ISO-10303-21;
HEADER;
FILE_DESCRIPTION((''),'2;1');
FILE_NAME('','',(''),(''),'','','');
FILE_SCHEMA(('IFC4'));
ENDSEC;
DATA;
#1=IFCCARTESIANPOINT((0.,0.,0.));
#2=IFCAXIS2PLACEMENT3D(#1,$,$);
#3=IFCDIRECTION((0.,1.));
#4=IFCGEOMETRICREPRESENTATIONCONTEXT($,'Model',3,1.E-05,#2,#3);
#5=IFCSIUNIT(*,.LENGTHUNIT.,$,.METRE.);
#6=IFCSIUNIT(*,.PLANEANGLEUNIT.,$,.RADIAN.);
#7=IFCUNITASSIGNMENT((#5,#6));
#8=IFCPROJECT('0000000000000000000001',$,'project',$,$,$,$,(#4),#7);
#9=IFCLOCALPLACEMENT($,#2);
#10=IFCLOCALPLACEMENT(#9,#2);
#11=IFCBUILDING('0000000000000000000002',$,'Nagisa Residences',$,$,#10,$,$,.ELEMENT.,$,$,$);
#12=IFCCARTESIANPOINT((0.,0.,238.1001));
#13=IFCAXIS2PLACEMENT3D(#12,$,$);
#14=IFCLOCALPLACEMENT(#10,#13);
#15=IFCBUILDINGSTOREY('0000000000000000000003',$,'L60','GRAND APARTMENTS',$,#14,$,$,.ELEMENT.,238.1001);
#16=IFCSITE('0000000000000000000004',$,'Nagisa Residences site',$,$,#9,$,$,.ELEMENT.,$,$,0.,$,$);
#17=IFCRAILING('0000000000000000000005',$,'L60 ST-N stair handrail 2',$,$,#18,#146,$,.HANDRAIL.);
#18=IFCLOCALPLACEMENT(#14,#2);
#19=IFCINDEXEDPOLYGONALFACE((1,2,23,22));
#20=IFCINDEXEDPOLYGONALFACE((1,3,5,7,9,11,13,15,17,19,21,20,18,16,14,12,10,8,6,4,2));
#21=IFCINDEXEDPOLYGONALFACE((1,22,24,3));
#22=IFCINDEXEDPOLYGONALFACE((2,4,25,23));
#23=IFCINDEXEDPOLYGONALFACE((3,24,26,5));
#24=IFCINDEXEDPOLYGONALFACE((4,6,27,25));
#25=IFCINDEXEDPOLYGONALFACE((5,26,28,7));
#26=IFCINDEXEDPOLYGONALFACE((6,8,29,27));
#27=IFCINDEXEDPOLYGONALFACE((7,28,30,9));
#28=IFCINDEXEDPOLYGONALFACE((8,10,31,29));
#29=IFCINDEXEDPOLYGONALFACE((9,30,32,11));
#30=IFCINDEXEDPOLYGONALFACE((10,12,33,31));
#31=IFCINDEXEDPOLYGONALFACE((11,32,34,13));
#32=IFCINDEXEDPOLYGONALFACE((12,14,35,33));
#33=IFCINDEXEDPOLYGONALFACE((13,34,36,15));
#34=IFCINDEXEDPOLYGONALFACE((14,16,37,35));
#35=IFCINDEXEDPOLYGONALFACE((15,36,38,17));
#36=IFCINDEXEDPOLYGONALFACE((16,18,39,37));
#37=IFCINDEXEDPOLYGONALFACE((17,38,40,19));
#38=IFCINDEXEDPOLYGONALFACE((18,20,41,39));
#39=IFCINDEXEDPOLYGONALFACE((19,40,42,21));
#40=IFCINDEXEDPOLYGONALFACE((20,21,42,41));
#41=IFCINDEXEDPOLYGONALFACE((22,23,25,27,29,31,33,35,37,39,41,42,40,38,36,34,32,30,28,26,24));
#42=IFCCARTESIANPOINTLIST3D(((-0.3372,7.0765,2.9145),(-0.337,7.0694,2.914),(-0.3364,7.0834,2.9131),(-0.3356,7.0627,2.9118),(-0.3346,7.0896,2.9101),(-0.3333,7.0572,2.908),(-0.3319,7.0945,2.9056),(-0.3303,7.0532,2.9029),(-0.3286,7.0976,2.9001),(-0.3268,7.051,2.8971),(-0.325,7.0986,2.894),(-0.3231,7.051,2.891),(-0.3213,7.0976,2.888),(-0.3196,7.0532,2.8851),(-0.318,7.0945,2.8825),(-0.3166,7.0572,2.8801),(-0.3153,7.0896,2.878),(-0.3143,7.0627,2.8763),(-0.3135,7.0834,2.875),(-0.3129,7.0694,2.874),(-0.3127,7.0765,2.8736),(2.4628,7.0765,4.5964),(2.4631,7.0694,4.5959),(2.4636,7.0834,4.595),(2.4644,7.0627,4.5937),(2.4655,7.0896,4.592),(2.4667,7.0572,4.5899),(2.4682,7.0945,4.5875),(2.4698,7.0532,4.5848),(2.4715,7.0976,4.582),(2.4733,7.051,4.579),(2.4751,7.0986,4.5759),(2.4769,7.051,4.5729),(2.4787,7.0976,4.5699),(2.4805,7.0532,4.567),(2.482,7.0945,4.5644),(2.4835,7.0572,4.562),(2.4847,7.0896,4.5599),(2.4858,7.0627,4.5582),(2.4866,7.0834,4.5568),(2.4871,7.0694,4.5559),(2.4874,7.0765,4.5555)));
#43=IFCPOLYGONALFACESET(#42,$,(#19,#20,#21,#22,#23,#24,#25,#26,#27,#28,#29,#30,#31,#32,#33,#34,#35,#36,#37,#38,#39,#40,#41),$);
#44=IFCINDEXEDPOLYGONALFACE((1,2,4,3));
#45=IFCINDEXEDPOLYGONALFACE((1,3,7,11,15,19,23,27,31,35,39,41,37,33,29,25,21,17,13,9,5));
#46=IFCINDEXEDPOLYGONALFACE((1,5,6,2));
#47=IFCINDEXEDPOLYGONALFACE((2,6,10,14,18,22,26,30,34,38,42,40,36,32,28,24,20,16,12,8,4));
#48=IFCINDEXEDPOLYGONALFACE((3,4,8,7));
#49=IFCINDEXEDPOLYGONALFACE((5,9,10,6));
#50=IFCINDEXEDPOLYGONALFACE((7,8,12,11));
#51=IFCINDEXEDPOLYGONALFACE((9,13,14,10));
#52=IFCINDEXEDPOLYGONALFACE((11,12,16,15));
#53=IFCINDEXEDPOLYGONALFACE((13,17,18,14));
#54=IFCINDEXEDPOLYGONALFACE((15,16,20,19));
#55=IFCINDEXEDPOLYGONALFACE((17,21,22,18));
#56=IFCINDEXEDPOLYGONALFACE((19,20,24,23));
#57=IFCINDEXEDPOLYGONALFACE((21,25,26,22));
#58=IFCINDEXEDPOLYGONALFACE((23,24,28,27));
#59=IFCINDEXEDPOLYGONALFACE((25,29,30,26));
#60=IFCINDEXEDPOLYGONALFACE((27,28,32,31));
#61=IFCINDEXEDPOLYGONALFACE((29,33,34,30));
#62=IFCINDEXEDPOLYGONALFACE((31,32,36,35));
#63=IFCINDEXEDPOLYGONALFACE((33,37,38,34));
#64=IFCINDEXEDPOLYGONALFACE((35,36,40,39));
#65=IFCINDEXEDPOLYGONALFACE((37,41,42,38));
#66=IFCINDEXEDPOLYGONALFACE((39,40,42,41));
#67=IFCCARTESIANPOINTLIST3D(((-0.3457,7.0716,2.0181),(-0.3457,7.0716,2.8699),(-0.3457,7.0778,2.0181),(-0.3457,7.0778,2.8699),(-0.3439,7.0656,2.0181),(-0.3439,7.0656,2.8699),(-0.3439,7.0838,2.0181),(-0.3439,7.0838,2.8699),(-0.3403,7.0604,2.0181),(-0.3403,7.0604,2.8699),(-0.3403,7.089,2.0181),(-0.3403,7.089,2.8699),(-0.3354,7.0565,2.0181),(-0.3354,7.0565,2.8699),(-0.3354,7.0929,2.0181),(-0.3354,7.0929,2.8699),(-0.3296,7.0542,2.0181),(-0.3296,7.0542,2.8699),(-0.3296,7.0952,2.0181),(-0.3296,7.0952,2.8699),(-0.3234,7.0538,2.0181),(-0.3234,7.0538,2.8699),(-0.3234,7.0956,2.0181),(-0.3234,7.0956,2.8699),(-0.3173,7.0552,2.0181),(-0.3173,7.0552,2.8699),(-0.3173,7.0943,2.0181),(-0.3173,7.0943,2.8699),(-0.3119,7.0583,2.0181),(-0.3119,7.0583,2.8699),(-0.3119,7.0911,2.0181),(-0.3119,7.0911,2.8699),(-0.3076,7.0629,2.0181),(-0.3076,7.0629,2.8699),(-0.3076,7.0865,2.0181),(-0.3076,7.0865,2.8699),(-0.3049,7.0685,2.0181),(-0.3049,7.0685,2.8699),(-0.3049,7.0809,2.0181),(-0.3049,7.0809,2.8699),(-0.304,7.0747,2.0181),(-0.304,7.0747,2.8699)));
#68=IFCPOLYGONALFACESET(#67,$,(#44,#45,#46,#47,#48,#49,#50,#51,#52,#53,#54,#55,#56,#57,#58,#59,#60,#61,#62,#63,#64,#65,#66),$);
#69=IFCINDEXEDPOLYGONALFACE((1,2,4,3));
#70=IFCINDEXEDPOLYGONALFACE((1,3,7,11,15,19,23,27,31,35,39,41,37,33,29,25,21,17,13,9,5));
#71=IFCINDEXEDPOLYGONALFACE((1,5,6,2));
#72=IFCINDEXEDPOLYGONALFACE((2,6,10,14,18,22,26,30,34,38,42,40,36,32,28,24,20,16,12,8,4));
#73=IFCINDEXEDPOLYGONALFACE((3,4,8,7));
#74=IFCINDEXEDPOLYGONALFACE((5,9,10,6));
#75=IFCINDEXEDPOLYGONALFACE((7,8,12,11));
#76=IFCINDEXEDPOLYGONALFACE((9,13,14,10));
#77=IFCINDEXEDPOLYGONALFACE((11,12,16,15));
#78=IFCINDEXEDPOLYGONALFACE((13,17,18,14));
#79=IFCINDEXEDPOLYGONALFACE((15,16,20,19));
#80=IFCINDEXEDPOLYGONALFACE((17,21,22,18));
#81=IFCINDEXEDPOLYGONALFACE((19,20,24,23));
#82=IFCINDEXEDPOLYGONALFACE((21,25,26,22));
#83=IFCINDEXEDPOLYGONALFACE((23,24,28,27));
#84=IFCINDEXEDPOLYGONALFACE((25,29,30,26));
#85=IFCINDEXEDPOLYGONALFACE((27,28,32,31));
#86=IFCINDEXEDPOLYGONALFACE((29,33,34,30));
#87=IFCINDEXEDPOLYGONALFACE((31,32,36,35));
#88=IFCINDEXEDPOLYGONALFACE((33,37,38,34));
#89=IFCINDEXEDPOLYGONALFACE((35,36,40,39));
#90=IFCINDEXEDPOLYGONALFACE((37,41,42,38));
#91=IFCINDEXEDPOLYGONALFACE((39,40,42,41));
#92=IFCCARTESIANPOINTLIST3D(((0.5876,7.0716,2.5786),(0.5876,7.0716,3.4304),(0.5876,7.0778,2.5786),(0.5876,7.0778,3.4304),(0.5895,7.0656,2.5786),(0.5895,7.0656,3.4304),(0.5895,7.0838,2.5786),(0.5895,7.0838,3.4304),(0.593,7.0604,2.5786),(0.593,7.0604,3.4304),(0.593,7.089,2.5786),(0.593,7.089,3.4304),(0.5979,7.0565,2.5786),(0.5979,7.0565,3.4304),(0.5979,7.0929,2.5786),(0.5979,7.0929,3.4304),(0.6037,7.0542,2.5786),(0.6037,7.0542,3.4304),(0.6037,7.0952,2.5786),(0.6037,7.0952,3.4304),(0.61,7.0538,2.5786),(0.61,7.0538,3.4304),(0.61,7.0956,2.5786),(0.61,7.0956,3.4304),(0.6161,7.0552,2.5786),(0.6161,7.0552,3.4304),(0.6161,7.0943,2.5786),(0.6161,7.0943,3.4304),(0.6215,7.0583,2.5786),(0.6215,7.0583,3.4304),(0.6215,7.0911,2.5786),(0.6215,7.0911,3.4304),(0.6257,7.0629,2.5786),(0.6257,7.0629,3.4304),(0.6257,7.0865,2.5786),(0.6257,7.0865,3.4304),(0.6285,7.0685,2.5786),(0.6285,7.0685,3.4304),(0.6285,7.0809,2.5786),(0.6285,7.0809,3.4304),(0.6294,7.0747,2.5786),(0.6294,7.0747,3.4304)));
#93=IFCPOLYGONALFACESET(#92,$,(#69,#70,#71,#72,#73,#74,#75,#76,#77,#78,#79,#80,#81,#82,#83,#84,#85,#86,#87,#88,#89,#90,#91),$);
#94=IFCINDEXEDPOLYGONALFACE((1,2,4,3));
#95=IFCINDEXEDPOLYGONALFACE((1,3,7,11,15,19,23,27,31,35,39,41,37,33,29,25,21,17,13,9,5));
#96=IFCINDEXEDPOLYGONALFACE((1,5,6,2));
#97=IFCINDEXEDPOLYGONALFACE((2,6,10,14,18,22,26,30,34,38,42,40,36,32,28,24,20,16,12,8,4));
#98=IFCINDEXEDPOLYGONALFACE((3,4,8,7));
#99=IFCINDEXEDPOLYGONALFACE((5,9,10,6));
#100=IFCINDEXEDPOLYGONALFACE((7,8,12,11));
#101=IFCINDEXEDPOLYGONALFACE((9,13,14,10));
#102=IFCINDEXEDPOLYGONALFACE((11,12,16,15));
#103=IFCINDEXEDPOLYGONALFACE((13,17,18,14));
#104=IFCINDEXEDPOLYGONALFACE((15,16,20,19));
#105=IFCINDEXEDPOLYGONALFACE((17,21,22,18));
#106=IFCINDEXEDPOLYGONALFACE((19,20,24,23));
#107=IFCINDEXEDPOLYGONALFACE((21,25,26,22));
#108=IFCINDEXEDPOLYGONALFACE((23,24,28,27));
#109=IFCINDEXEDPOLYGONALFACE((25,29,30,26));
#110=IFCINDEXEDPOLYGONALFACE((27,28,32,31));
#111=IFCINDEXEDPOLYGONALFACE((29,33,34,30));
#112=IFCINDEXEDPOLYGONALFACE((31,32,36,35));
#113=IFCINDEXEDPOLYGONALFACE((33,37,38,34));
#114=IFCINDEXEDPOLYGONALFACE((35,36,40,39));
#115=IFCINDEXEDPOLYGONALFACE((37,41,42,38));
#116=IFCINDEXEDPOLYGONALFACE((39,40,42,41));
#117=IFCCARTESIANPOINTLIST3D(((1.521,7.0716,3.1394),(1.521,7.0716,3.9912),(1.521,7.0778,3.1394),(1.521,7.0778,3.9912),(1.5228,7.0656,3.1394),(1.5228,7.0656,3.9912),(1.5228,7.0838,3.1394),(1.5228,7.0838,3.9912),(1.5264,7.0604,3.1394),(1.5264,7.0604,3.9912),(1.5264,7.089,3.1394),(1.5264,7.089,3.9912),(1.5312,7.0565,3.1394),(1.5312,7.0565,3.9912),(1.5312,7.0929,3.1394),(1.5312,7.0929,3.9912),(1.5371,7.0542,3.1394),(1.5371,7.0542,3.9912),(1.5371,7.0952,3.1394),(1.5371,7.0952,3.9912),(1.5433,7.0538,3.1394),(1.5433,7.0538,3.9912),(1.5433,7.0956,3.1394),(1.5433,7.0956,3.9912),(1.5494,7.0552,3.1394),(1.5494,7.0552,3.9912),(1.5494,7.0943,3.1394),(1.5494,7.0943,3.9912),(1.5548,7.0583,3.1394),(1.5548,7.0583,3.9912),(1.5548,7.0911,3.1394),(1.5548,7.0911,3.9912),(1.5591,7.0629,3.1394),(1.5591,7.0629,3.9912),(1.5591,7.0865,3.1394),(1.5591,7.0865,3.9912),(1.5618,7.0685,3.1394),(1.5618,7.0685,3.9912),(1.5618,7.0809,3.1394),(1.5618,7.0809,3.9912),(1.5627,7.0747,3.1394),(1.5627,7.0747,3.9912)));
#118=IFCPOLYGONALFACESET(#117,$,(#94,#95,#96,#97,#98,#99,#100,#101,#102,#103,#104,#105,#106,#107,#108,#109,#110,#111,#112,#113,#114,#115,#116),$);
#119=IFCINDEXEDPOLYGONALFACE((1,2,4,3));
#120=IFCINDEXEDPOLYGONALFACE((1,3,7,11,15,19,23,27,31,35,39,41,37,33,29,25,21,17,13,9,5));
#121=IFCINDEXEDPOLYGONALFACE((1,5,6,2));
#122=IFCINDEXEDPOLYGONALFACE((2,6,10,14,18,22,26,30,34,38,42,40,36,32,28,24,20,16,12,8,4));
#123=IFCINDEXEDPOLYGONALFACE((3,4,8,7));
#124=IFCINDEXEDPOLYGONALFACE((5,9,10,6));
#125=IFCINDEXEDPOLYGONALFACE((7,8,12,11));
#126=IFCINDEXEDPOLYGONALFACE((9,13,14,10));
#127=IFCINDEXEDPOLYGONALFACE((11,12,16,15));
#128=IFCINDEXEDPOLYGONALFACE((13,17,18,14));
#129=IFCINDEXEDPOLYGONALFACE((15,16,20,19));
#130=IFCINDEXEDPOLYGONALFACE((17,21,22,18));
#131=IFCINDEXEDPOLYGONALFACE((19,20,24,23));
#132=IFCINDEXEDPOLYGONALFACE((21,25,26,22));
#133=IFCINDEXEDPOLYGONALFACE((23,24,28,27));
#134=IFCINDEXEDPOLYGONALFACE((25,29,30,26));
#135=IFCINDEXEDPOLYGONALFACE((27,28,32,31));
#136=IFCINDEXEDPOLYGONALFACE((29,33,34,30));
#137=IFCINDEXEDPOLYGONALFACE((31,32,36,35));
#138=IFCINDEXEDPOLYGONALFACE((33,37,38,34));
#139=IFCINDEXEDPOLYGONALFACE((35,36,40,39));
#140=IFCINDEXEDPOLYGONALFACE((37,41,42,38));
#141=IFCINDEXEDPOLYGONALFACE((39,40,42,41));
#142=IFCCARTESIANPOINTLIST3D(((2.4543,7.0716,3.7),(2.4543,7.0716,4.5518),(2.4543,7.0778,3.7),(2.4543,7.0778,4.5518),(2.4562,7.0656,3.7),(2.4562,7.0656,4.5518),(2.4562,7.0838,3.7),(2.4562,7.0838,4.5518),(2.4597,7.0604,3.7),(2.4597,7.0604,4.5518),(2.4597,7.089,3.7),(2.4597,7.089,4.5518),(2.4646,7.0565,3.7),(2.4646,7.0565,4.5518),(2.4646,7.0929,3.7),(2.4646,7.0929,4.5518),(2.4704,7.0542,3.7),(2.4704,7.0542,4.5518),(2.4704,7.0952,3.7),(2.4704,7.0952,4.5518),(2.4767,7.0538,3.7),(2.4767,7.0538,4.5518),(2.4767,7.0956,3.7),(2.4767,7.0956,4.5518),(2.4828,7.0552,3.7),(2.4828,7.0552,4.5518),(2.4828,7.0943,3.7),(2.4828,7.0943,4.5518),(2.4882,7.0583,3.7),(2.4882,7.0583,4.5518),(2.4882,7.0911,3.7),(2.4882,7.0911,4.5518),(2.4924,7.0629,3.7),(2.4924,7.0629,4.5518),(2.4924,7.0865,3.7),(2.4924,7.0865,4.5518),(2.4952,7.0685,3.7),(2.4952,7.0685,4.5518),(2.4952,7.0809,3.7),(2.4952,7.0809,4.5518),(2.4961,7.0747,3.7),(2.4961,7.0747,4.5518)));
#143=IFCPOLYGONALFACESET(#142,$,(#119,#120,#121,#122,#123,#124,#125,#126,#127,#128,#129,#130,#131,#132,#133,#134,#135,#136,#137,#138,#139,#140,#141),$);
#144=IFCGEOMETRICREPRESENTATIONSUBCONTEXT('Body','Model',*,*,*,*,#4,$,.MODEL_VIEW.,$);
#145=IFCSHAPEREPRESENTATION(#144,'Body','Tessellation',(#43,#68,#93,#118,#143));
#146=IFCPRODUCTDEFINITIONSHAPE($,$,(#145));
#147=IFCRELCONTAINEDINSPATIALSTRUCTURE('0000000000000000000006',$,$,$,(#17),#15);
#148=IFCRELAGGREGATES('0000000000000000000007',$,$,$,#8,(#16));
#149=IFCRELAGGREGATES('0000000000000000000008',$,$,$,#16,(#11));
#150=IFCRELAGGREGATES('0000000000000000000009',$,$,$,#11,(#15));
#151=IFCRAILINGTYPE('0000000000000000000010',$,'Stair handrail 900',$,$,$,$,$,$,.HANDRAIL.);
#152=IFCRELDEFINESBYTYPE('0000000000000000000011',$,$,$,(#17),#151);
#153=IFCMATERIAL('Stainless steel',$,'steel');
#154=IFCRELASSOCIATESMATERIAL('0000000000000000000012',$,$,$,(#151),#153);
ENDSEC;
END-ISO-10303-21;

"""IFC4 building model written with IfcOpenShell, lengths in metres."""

from ifc_helpers import new_model, si_unit, direction, frame, origin, origin_2d, place, context, subcontext, project, spatial, circle, extrude, material, type_object, element, save


model = new_model("IFC4")

# Units and contexts
model_context = context("Model", 3, precision=1e-05, world=origin(), true_north=direction((0.0, 1.0)))
body_context = subcontext(model_context, "Body", "Model", "MODEL_VIEW")
ifc_project = project(units=[si_unit("LENGTHUNIT", "METRE"), si_unit("PLANEANGLEUNIT", "RADIAN")], contexts=[model_context])

# Site, building, storey
site_placement = place(None, origin())
site = spatial("IfcSite", under=ifc_project, at=site_placement, Name="Nagisa Residences site", CompositionType="ELEMENT", RefElevation=0.0)
building_placement = place(site_placement, origin())
building = spatial("IfcBuilding", under=site, at=building_placement, Name="Nagisa Residences", CompositionType="ELEMENT")
storey_placement = place(building_placement, frame((0.0, 0.0, 238.1001)))
storey = spatial("IfcBuildingStorey", under=building, at=storey_placement, Name="L60", Description="GRAND APARTMENTS", CompositionType="ELEMENT", Elevation=238.1001)

# Railing
ifc_material_1 = material(Name="Stainless steel", Category="steel")
railing_type = type_object("IfcRailingType", Name="Stair handrail 900", PredefinedType="HANDRAIL", material=ifc_material_1)
railing_placement = place(storey_placement, frame((-0.325, 7.0747, 2.0181)))
element("IfcRailing", 1, at=railing_placement, inside=storey, type_object=railing_type, Name="L60 ST-N stair handrail 2", PredefinedType="HANDRAIL", context=body_context, shape_type="SweptSolid", body=[
    extrude(circle(Radius=0.0239, at=origin_2d()), frame((0.0, 0.0, 0.876), z_axis=(0.857242, 0.0, 0.514913), x_axis=(0.0, 1.0, 0.0)), (0.0, 0.0, 1.0), 3.2664),
    extrude(circle(Radius=0.021, at=origin_2d()), origin(), (0.0, 0.0, 1.0), 0.8518),
    extrude(circle(Radius=0.021, at=origin_2d()), frame((0.9333, 0.0, 0.5605)), (0.0, 0.0, 1.0), 0.8518),
    extrude(circle(Radius=0.021, at=origin_2d()), frame((1.8667, 0.0, 1.1213)), (0.0, 0.0, 1.0), 0.8518),
    extrude(circle(Radius=0.021, at=origin_2d()), frame((2.8, 0.0, 1.6819)), (0.0, 0.0, 1.0), 0.8518),
])

save(model, "model.ifc")
